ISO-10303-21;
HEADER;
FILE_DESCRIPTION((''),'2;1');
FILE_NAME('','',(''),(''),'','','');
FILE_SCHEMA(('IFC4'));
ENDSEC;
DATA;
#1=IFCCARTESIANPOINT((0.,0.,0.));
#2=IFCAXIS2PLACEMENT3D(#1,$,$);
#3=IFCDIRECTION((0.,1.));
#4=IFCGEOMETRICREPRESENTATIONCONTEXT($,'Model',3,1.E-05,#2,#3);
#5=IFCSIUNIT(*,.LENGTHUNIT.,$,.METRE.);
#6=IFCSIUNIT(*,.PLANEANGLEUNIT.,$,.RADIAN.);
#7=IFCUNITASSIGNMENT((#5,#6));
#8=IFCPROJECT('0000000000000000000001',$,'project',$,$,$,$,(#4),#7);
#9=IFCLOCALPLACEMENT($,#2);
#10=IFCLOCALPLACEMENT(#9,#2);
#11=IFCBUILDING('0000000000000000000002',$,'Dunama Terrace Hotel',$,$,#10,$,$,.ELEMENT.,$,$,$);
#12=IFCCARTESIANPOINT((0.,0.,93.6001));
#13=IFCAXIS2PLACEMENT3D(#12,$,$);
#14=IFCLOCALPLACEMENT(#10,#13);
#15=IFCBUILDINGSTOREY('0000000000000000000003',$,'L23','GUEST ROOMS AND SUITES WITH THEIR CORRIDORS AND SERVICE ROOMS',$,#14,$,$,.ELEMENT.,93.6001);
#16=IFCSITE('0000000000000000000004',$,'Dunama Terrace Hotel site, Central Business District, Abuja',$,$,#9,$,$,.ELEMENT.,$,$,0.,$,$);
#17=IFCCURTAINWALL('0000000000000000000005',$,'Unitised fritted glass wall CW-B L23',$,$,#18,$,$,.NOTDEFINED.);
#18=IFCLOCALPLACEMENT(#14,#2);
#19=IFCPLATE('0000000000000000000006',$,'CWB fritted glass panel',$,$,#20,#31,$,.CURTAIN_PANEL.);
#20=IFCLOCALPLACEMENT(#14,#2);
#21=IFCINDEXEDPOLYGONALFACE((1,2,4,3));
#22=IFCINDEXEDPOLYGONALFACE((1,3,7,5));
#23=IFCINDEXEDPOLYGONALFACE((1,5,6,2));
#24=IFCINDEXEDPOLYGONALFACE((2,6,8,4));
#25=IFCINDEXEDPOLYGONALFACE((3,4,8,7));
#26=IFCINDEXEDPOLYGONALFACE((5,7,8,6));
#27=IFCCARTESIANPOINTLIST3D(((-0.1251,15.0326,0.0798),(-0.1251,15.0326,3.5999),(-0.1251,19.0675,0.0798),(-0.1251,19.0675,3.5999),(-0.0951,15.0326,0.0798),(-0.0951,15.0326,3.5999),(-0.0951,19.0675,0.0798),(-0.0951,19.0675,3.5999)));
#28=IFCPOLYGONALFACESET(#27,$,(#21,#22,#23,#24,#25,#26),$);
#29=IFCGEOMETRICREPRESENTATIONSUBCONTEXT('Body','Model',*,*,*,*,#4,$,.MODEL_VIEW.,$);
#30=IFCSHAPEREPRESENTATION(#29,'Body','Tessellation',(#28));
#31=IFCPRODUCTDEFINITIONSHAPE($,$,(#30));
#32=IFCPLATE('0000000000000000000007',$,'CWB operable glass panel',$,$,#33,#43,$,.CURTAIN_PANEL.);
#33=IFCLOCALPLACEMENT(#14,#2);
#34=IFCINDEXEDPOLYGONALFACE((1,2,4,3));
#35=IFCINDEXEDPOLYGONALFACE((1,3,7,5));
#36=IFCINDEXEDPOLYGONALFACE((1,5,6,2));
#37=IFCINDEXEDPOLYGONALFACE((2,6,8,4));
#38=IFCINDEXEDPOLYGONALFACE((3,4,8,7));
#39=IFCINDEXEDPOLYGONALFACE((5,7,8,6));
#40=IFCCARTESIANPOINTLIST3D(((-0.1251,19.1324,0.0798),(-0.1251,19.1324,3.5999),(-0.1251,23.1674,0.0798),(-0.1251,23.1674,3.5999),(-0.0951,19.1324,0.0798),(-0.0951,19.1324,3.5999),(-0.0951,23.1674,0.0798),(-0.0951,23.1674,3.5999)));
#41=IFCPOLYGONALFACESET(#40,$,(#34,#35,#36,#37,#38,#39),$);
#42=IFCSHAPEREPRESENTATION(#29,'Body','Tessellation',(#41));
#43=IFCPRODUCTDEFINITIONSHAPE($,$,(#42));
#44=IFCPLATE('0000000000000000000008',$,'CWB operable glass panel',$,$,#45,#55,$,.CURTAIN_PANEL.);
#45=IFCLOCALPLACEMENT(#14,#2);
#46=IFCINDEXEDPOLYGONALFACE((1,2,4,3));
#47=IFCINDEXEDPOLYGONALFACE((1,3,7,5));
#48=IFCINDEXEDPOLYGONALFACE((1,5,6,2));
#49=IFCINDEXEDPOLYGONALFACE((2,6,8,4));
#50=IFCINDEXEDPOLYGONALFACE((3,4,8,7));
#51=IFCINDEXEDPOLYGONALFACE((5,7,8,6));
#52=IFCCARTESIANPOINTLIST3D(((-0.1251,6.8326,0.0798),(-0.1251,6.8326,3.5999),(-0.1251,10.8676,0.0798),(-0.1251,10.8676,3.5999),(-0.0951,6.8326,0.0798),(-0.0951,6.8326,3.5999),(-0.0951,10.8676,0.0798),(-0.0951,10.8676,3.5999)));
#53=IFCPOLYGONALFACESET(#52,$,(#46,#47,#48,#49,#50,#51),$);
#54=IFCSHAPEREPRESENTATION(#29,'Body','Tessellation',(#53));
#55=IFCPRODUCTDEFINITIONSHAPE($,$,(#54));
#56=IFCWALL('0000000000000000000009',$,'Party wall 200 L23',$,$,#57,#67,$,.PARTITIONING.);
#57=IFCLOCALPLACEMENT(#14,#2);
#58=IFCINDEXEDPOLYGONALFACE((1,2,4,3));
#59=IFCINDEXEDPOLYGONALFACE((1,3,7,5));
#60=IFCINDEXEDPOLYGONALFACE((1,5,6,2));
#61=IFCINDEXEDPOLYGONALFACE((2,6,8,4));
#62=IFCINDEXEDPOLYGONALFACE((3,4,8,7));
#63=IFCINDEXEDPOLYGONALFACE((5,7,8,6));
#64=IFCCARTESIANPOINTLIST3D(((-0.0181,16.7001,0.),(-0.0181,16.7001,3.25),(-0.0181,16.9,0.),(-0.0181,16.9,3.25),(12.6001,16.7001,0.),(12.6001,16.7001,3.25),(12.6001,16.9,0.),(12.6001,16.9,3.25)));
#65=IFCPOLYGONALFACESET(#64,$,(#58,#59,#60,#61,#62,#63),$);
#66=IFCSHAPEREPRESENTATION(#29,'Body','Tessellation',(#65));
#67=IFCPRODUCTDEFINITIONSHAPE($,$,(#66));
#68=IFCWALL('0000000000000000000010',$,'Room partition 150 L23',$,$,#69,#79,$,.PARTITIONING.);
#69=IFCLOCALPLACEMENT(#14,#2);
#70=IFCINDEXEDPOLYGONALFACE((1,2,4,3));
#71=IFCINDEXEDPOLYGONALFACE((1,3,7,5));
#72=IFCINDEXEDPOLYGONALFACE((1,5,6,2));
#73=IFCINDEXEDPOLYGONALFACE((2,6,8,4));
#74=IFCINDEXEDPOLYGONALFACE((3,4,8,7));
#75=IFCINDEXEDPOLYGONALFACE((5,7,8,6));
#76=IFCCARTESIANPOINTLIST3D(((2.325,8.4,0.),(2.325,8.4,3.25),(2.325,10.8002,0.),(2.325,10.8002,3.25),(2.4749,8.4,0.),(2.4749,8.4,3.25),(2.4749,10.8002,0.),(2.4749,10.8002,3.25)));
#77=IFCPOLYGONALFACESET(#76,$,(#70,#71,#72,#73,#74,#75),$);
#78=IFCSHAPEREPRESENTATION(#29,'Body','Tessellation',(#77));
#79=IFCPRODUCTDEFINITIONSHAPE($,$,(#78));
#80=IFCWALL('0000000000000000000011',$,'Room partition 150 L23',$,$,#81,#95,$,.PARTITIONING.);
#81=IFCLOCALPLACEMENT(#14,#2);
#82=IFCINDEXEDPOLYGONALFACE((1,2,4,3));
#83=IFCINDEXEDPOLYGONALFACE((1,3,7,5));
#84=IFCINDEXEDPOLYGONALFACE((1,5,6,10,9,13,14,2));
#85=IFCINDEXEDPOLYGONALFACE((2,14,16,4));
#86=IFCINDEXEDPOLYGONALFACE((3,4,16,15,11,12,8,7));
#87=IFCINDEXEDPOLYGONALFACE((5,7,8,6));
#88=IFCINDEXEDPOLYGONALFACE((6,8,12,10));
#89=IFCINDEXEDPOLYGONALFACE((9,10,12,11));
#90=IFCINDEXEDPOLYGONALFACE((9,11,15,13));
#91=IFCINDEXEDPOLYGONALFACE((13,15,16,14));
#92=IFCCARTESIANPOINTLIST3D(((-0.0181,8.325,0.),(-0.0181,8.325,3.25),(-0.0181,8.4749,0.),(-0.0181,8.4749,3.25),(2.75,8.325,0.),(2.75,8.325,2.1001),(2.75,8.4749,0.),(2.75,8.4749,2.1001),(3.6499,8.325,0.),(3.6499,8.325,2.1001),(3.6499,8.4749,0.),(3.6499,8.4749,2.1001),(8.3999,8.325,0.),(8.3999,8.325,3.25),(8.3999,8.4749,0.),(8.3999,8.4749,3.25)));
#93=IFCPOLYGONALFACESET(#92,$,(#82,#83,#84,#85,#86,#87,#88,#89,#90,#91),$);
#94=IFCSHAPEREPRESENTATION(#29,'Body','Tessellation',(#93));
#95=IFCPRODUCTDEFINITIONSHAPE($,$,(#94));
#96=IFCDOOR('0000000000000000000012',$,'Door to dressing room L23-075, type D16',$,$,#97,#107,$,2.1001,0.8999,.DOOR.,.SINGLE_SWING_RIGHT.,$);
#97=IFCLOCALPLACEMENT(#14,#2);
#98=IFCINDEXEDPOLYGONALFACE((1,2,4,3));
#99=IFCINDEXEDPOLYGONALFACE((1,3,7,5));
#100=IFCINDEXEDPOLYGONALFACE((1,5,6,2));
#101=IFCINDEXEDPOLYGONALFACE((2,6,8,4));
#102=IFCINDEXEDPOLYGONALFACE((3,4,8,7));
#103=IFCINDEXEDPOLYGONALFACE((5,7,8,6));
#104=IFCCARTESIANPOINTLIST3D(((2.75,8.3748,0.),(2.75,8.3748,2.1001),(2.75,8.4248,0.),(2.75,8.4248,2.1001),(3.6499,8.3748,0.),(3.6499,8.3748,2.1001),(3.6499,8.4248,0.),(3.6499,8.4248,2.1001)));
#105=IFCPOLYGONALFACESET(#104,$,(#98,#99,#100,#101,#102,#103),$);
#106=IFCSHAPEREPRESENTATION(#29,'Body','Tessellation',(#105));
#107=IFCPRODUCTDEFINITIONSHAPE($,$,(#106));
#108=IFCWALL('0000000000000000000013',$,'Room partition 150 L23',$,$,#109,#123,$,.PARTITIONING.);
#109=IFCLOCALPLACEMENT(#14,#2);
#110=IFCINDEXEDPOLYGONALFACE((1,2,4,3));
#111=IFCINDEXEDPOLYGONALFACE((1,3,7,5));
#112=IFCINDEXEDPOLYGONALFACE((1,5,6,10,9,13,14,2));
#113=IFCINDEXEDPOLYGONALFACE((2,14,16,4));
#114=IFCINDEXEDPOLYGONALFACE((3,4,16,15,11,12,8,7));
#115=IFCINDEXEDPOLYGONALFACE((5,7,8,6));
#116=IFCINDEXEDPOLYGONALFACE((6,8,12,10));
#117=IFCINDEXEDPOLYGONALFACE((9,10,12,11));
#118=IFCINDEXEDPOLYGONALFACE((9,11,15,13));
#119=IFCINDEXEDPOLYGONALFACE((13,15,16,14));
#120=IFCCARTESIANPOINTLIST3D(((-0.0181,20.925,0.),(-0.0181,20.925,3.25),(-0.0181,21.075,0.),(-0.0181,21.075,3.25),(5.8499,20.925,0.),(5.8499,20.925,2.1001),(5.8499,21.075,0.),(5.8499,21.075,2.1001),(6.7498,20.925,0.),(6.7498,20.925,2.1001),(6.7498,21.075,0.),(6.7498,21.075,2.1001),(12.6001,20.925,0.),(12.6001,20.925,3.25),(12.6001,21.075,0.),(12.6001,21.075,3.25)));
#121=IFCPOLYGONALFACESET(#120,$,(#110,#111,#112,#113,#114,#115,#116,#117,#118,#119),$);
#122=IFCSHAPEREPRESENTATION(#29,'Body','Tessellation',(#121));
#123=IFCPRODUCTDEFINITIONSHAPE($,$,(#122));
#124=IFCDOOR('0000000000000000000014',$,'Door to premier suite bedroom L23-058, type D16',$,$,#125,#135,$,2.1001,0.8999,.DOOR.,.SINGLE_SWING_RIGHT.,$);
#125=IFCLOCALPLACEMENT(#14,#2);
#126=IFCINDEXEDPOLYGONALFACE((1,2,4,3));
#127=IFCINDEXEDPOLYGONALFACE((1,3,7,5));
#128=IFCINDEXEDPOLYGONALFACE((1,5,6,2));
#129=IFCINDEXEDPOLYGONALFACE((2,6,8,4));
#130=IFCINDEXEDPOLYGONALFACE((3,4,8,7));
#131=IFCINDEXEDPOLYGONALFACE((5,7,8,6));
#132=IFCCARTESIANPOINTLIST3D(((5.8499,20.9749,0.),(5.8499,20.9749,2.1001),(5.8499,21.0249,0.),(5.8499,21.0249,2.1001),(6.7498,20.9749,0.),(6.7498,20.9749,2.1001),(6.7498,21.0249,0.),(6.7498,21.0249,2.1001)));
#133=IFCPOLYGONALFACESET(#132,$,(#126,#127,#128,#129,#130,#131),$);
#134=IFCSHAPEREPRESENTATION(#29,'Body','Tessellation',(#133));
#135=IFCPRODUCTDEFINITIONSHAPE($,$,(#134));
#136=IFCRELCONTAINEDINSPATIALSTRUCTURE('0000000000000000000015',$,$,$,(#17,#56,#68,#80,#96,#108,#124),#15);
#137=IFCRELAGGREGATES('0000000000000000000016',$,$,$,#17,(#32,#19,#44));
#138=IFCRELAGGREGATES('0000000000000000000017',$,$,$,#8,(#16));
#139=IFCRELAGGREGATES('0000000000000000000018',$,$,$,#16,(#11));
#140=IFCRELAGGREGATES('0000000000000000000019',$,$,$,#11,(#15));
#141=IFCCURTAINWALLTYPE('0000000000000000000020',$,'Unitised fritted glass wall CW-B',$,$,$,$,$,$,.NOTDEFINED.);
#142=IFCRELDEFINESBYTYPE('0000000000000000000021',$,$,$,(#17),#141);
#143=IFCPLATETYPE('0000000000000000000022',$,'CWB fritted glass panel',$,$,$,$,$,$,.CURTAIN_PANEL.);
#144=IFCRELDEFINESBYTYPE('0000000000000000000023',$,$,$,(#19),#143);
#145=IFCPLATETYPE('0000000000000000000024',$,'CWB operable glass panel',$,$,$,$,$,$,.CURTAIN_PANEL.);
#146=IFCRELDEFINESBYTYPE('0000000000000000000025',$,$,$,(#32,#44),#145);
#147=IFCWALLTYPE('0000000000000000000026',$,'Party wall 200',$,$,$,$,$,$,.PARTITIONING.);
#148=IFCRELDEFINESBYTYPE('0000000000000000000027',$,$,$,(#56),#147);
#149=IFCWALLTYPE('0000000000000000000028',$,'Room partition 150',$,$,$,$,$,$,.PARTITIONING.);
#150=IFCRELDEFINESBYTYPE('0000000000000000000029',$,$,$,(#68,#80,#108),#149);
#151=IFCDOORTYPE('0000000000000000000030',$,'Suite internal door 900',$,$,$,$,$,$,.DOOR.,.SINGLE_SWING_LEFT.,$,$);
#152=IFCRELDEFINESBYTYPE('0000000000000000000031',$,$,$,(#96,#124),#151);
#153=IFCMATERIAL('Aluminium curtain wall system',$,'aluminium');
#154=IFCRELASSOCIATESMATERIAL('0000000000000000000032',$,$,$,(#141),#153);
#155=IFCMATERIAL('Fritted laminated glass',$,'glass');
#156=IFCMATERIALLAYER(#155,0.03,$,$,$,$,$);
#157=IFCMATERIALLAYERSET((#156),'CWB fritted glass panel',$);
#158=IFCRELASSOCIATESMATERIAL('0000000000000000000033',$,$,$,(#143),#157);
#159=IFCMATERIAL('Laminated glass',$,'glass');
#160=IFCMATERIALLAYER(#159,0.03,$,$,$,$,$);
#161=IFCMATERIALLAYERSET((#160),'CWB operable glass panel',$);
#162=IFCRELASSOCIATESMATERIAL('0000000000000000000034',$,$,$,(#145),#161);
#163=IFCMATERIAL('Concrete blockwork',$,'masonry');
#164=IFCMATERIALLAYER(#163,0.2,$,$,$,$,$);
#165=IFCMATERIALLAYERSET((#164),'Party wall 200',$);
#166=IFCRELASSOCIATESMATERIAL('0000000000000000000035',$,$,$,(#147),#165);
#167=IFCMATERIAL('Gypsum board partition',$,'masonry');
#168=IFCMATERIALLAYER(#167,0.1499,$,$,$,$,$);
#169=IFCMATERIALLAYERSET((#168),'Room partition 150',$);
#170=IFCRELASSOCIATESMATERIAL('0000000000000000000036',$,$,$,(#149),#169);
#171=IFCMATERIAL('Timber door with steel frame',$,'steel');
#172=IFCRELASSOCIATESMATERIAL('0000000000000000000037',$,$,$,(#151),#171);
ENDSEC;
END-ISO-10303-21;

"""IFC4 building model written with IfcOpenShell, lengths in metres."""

from ifc_helpers import new_model, si_unit, direction, frame, frame_2d, origin, origin_2d, place, context, subcontext, project, spatial, rectangle, extrude, material, layer, layer_set, type_object, element, fill, aggregate, save


model = new_model("IFC4")

# Units and contexts
model_context = context("Model", 3, precision=1e-05, world=origin(), true_north=direction((0.0, 1.0)))
body_context = subcontext(model_context, "Body", "Model", "MODEL_VIEW")
ifc_project = project(units=[si_unit("LENGTHUNIT", "METRE"), si_unit("PLANEANGLEUNIT", "RADIAN")], contexts=[model_context])

# Site, building, storey
site_placement = place(None, origin())
site = spatial("IfcSite", under=ifc_project, at=site_placement, Name="Dunama Terrace Hotel site, Central Business District, Abuja", CompositionType="ELEMENT", RefElevation=0.0)
building_placement = place(site_placement, origin())
building = spatial("IfcBuilding", under=site, at=building_placement, Name="Dunama Terrace Hotel", CompositionType="ELEMENT")
storey_placement = place(building_placement, frame((0.0, 0.0, 93.6001)))
storey = spatial("IfcBuildingStorey", under=building, at=storey_placement, Name="L23", Description="GUEST ROOMS AND SUITES WITH THEIR CORRIDORS AND SERVICE ROOMS", CompositionType="ELEMENT", Elevation=93.6001)

# Curtain wall
ifc_material_1 = material(Name="Aluminium curtain wall system", Category="aluminium")
curtain_wall_type = type_object("IfcCurtainWallType", Name="Unitised fritted glass wall CW-B", PredefinedType="NOTDEFINED", material=ifc_material_1)
curtain_wall_placement = place(storey_placement, origin())
curtain_wall = element("IfcCurtainWall", 1, at=curtain_wall_placement, inside=storey, type_object=curtain_wall_type, Name="Unitised fritted glass wall CW-B L23", PredefinedType="NOTDEFINED")

# Plates
ifc_material_2 = material(Name="Fritted laminated glass", Category="glass")
ifc_layer_1 = layer(ifc_material_2, 0.03)
ifc_layer_set_1 = layer_set([ifc_layer_1], Name="CWB fritted glass panel")
plate_type_1 = type_object("IfcPlateType", Name="CWB fritted glass panel", PredefinedType="CURTAIN_PANEL", material=ifc_layer_set_1)
plate_1_placement = place(storey_placement, frame((-0.1101, 17.05, 0.0798), z_axis=(0.0, 0.0, 1.0), x_axis=(0.0, -1.0, 0.0)))
plate_1 = element("IfcPlate", 2, at=plate_1_placement, type_object=plate_type_1, Name="CWB fritted glass panel", PredefinedType="CURTAIN_PANEL", context=body_context, shape_type="SweptSolid", body=[
    extrude(rectangle(XDim=4.0349, YDim=0.03, at=origin_2d()), origin(), (0.0, 0.0, 1.0), 3.52),
])
ifc_material_3 = material(Name="Laminated glass", Category="glass")
ifc_layer_2 = layer(ifc_material_3, 0.03)
ifc_layer_set_2 = layer_set([ifc_layer_2], Name="CWB operable glass panel")
plate_type_2 = type_object("IfcPlateType", Name="CWB operable glass panel", PredefinedType="CURTAIN_PANEL", material=ifc_layer_set_2)
plate_2_placement = place(storey_placement, frame((-0.1101, 21.1499, 0.0798), z_axis=(0.0, 0.0, 1.0), x_axis=(0.0, -1.0, 0.0)))
plate_2 = element("IfcPlate", 3, at=plate_2_placement, type_object=plate_type_2, Name="CWB operable glass panel", PredefinedType="CURTAIN_PANEL", context=body_context, shape_type="SweptSolid", body=[
    extrude(rectangle(XDim=4.0349, YDim=0.03, at=origin_2d()), origin(), (0.0, 0.0, 1.0), 3.52),
])
plate_3_placement = place(storey_placement, frame((-0.1101, 8.8501, 0.0798), z_axis=(0.0, 0.0, 1.0), x_axis=(0.0, -1.0, 0.0)))
plate_3 = element("IfcPlate", 4, at=plate_3_placement, type_object=plate_type_2, Name="CWB operable glass panel", PredefinedType="CURTAIN_PANEL", context=body_context, shape_type="SweptSolid", body=[
    extrude(rectangle(XDim=4.0349, YDim=0.03, at=origin_2d()), origin(), (0.0, 0.0, 1.0), 3.52),
])
aggregate(curtain_wall, [plate_2, plate_1, plate_3])

# Walls
ifc_material_4 = material(Name="Concrete blockwork", Category="masonry")
ifc_layer_3 = layer(ifc_material_4, 0.2)
ifc_layer_set_3 = layer_set([ifc_layer_3], Name="Party wall 200")
wall_type_1 = type_object("IfcWallType", Name="Party wall 200", PredefinedType="PARTITIONING", material=ifc_layer_set_3)
wall_1_placement = place(storey_placement, frame((-0.0181, 16.8, 0.0), z_axis=(0.0, 0.0, 1.0), x_axis=(1.0, 0.0, 0.0)))
element("IfcWall", 5, at=wall_1_placement, inside=storey, type_object=wall_type_1, Name="Party wall 200 L23", PredefinedType="PARTITIONING", context=body_context, shape_type="SweptSolid", body=[
    extrude(rectangle(XDim=12.6182, YDim=0.2, at=frame_2d((6.3091, 0.0))), origin(), (0.0, 0.0, 1.0), 3.25),
])
ifc_material_5 = material(Name="Gypsum board partition", Category="masonry")
ifc_layer_4 = layer(ifc_material_5, 0.1499)
ifc_layer_set_4 = layer_set([ifc_layer_4], Name="Room partition 150")
wall_type_2 = type_object("IfcWallType", Name="Room partition 150", PredefinedType="PARTITIONING", material=ifc_layer_set_4)
wall_2_placement = place(storey_placement, frame((2.3999, 8.3999, 0.0), z_axis=(0.0, 0.0, 1.0), x_axis=(0.0, 1.0, 0.0)))
element("IfcWall", 6, at=wall_2_placement, inside=storey, type_object=wall_type_2, Name="Room partition 150 L23", PredefinedType="PARTITIONING", context=body_context, shape_type="SweptSolid", body=[
    extrude(rectangle(XDim=2.4001, YDim=0.1499, at=frame_2d((1.2002, 0.0))), origin(), (0.0, 0.0, 1.0), 3.25),
])

# Walls, openings, doors
wall_3_placement = place(storey_placement, frame((-0.0181, 8.3999, 0.0), z_axis=(0.0, 0.0, 1.0), x_axis=(1.0, 0.0, 0.0)))
wall_3 = element("IfcWall", 7, at=wall_3_placement, inside=storey, type_object=wall_type_2, Name="Room partition 150 L23", PredefinedType="PARTITIONING", context=body_context, shape_type="SweptSolid", body=[
    extrude(rectangle(XDim=8.418, YDim=0.1499, at=frame_2d((4.209, 0.0))), origin(), (0.0, 0.0, 1.0), 3.25),
])
opening_1_placement = place(wall_3_placement, frame((2.7681, 0.0, 0.0)))
opening_1 = element("IfcOpeningElement", 8, at=opening_1_placement, cuts=wall_3, PredefinedType="OPENING", context=body_context, shape_type="SweptSolid", body=[
    extrude(rectangle(XDim=0.8999, YDim=2.1001, at=frame_2d((0.45, 1.05))), frame((0.0, 0.085, 0.0), z_axis=(0.0, -1.0, 0.0), x_axis=(1.0, 0.0, 0.0)), (0.0, 0.0, 1.0), 0.1699),
])
ifc_material_6 = material(Name="Timber door with steel frame", Category="steel")
door_type = type_object("IfcDoorType", Name="Suite internal door 900", OperationType="SINGLE_SWING_LEFT", PredefinedType="DOOR", material=ifc_material_6)
door_1_placement = place(opening_1_placement, origin())
door_1 = element("IfcDoor", 9, at=door_1_placement, inside=storey, type_object=door_type, Name="Door to dressing room L23-075, type D16", OperationType="SINGLE_SWING_RIGHT", OverallHeight=2.1001, OverallWidth=0.8999, PredefinedType="DOOR", context=body_context, shape_type="SweptSolid", body=[
    extrude(rectangle(XDim=0.8999, YDim=2.1001, at=frame_2d((0.45, 1.05))), frame((0.0, 0.0249, 0.0), z_axis=(0.0, -1.0, 0.0), x_axis=(1.0, 0.0, 0.0)), (0.0, 0.0, 1.0), 0.05),
])
fill(opening_1, door_1)
wall_4_placement = place(storey_placement, frame((-0.0181, 21.0, 0.0), z_axis=(0.0, 0.0, 1.0), x_axis=(1.0, 0.0, 0.0)))
wall_4 = element("IfcWall", 10, at=wall_4_placement, inside=storey, type_object=wall_type_2, Name="Room partition 150 L23", PredefinedType="PARTITIONING", context=body_context, shape_type="SweptSolid", body=[
    extrude(rectangle(XDim=12.6182, YDim=0.1499, at=frame_2d((6.3091, 0.0))), origin(), (0.0, 0.0, 1.0), 3.25),
])
opening_2_placement = place(wall_4_placement, frame((5.8679, 0.0, 0.0)))
opening_2 = element("IfcOpeningElement", 11, at=opening_2_placement, cuts=wall_4, PredefinedType="OPENING", context=body_context, shape_type="SweptSolid", body=[
    extrude(rectangle(XDim=0.8999, YDim=2.1001, at=frame_2d((0.45, 1.05))), frame((0.0, 0.085, 0.0), z_axis=(0.0, -1.0, 0.0), x_axis=(1.0, 0.0, 0.0)), (0.0, 0.0, 1.0), 0.1699),
])
door_2_placement = place(opening_2_placement, origin())
door_2 = element("IfcDoor", 12, at=door_2_placement, inside=storey, type_object=door_type, Name="Door to premier suite bedroom L23-058, type D16", OperationType="SINGLE_SWING_RIGHT", OverallHeight=2.1001, OverallWidth=0.8999, PredefinedType="DOOR", context=body_context, shape_type="SweptSolid", body=[
    extrude(rectangle(XDim=0.8999, YDim=2.1001, at=frame_2d((0.45, 1.05))), frame((0.0, 0.0249, 0.0), z_axis=(0.0, -1.0, 0.0), x_axis=(1.0, 0.0, 0.0)), (0.0, 0.0, 1.0), 0.05),
])
fill(opening_2, door_2)

save(model, "model.ifc")
